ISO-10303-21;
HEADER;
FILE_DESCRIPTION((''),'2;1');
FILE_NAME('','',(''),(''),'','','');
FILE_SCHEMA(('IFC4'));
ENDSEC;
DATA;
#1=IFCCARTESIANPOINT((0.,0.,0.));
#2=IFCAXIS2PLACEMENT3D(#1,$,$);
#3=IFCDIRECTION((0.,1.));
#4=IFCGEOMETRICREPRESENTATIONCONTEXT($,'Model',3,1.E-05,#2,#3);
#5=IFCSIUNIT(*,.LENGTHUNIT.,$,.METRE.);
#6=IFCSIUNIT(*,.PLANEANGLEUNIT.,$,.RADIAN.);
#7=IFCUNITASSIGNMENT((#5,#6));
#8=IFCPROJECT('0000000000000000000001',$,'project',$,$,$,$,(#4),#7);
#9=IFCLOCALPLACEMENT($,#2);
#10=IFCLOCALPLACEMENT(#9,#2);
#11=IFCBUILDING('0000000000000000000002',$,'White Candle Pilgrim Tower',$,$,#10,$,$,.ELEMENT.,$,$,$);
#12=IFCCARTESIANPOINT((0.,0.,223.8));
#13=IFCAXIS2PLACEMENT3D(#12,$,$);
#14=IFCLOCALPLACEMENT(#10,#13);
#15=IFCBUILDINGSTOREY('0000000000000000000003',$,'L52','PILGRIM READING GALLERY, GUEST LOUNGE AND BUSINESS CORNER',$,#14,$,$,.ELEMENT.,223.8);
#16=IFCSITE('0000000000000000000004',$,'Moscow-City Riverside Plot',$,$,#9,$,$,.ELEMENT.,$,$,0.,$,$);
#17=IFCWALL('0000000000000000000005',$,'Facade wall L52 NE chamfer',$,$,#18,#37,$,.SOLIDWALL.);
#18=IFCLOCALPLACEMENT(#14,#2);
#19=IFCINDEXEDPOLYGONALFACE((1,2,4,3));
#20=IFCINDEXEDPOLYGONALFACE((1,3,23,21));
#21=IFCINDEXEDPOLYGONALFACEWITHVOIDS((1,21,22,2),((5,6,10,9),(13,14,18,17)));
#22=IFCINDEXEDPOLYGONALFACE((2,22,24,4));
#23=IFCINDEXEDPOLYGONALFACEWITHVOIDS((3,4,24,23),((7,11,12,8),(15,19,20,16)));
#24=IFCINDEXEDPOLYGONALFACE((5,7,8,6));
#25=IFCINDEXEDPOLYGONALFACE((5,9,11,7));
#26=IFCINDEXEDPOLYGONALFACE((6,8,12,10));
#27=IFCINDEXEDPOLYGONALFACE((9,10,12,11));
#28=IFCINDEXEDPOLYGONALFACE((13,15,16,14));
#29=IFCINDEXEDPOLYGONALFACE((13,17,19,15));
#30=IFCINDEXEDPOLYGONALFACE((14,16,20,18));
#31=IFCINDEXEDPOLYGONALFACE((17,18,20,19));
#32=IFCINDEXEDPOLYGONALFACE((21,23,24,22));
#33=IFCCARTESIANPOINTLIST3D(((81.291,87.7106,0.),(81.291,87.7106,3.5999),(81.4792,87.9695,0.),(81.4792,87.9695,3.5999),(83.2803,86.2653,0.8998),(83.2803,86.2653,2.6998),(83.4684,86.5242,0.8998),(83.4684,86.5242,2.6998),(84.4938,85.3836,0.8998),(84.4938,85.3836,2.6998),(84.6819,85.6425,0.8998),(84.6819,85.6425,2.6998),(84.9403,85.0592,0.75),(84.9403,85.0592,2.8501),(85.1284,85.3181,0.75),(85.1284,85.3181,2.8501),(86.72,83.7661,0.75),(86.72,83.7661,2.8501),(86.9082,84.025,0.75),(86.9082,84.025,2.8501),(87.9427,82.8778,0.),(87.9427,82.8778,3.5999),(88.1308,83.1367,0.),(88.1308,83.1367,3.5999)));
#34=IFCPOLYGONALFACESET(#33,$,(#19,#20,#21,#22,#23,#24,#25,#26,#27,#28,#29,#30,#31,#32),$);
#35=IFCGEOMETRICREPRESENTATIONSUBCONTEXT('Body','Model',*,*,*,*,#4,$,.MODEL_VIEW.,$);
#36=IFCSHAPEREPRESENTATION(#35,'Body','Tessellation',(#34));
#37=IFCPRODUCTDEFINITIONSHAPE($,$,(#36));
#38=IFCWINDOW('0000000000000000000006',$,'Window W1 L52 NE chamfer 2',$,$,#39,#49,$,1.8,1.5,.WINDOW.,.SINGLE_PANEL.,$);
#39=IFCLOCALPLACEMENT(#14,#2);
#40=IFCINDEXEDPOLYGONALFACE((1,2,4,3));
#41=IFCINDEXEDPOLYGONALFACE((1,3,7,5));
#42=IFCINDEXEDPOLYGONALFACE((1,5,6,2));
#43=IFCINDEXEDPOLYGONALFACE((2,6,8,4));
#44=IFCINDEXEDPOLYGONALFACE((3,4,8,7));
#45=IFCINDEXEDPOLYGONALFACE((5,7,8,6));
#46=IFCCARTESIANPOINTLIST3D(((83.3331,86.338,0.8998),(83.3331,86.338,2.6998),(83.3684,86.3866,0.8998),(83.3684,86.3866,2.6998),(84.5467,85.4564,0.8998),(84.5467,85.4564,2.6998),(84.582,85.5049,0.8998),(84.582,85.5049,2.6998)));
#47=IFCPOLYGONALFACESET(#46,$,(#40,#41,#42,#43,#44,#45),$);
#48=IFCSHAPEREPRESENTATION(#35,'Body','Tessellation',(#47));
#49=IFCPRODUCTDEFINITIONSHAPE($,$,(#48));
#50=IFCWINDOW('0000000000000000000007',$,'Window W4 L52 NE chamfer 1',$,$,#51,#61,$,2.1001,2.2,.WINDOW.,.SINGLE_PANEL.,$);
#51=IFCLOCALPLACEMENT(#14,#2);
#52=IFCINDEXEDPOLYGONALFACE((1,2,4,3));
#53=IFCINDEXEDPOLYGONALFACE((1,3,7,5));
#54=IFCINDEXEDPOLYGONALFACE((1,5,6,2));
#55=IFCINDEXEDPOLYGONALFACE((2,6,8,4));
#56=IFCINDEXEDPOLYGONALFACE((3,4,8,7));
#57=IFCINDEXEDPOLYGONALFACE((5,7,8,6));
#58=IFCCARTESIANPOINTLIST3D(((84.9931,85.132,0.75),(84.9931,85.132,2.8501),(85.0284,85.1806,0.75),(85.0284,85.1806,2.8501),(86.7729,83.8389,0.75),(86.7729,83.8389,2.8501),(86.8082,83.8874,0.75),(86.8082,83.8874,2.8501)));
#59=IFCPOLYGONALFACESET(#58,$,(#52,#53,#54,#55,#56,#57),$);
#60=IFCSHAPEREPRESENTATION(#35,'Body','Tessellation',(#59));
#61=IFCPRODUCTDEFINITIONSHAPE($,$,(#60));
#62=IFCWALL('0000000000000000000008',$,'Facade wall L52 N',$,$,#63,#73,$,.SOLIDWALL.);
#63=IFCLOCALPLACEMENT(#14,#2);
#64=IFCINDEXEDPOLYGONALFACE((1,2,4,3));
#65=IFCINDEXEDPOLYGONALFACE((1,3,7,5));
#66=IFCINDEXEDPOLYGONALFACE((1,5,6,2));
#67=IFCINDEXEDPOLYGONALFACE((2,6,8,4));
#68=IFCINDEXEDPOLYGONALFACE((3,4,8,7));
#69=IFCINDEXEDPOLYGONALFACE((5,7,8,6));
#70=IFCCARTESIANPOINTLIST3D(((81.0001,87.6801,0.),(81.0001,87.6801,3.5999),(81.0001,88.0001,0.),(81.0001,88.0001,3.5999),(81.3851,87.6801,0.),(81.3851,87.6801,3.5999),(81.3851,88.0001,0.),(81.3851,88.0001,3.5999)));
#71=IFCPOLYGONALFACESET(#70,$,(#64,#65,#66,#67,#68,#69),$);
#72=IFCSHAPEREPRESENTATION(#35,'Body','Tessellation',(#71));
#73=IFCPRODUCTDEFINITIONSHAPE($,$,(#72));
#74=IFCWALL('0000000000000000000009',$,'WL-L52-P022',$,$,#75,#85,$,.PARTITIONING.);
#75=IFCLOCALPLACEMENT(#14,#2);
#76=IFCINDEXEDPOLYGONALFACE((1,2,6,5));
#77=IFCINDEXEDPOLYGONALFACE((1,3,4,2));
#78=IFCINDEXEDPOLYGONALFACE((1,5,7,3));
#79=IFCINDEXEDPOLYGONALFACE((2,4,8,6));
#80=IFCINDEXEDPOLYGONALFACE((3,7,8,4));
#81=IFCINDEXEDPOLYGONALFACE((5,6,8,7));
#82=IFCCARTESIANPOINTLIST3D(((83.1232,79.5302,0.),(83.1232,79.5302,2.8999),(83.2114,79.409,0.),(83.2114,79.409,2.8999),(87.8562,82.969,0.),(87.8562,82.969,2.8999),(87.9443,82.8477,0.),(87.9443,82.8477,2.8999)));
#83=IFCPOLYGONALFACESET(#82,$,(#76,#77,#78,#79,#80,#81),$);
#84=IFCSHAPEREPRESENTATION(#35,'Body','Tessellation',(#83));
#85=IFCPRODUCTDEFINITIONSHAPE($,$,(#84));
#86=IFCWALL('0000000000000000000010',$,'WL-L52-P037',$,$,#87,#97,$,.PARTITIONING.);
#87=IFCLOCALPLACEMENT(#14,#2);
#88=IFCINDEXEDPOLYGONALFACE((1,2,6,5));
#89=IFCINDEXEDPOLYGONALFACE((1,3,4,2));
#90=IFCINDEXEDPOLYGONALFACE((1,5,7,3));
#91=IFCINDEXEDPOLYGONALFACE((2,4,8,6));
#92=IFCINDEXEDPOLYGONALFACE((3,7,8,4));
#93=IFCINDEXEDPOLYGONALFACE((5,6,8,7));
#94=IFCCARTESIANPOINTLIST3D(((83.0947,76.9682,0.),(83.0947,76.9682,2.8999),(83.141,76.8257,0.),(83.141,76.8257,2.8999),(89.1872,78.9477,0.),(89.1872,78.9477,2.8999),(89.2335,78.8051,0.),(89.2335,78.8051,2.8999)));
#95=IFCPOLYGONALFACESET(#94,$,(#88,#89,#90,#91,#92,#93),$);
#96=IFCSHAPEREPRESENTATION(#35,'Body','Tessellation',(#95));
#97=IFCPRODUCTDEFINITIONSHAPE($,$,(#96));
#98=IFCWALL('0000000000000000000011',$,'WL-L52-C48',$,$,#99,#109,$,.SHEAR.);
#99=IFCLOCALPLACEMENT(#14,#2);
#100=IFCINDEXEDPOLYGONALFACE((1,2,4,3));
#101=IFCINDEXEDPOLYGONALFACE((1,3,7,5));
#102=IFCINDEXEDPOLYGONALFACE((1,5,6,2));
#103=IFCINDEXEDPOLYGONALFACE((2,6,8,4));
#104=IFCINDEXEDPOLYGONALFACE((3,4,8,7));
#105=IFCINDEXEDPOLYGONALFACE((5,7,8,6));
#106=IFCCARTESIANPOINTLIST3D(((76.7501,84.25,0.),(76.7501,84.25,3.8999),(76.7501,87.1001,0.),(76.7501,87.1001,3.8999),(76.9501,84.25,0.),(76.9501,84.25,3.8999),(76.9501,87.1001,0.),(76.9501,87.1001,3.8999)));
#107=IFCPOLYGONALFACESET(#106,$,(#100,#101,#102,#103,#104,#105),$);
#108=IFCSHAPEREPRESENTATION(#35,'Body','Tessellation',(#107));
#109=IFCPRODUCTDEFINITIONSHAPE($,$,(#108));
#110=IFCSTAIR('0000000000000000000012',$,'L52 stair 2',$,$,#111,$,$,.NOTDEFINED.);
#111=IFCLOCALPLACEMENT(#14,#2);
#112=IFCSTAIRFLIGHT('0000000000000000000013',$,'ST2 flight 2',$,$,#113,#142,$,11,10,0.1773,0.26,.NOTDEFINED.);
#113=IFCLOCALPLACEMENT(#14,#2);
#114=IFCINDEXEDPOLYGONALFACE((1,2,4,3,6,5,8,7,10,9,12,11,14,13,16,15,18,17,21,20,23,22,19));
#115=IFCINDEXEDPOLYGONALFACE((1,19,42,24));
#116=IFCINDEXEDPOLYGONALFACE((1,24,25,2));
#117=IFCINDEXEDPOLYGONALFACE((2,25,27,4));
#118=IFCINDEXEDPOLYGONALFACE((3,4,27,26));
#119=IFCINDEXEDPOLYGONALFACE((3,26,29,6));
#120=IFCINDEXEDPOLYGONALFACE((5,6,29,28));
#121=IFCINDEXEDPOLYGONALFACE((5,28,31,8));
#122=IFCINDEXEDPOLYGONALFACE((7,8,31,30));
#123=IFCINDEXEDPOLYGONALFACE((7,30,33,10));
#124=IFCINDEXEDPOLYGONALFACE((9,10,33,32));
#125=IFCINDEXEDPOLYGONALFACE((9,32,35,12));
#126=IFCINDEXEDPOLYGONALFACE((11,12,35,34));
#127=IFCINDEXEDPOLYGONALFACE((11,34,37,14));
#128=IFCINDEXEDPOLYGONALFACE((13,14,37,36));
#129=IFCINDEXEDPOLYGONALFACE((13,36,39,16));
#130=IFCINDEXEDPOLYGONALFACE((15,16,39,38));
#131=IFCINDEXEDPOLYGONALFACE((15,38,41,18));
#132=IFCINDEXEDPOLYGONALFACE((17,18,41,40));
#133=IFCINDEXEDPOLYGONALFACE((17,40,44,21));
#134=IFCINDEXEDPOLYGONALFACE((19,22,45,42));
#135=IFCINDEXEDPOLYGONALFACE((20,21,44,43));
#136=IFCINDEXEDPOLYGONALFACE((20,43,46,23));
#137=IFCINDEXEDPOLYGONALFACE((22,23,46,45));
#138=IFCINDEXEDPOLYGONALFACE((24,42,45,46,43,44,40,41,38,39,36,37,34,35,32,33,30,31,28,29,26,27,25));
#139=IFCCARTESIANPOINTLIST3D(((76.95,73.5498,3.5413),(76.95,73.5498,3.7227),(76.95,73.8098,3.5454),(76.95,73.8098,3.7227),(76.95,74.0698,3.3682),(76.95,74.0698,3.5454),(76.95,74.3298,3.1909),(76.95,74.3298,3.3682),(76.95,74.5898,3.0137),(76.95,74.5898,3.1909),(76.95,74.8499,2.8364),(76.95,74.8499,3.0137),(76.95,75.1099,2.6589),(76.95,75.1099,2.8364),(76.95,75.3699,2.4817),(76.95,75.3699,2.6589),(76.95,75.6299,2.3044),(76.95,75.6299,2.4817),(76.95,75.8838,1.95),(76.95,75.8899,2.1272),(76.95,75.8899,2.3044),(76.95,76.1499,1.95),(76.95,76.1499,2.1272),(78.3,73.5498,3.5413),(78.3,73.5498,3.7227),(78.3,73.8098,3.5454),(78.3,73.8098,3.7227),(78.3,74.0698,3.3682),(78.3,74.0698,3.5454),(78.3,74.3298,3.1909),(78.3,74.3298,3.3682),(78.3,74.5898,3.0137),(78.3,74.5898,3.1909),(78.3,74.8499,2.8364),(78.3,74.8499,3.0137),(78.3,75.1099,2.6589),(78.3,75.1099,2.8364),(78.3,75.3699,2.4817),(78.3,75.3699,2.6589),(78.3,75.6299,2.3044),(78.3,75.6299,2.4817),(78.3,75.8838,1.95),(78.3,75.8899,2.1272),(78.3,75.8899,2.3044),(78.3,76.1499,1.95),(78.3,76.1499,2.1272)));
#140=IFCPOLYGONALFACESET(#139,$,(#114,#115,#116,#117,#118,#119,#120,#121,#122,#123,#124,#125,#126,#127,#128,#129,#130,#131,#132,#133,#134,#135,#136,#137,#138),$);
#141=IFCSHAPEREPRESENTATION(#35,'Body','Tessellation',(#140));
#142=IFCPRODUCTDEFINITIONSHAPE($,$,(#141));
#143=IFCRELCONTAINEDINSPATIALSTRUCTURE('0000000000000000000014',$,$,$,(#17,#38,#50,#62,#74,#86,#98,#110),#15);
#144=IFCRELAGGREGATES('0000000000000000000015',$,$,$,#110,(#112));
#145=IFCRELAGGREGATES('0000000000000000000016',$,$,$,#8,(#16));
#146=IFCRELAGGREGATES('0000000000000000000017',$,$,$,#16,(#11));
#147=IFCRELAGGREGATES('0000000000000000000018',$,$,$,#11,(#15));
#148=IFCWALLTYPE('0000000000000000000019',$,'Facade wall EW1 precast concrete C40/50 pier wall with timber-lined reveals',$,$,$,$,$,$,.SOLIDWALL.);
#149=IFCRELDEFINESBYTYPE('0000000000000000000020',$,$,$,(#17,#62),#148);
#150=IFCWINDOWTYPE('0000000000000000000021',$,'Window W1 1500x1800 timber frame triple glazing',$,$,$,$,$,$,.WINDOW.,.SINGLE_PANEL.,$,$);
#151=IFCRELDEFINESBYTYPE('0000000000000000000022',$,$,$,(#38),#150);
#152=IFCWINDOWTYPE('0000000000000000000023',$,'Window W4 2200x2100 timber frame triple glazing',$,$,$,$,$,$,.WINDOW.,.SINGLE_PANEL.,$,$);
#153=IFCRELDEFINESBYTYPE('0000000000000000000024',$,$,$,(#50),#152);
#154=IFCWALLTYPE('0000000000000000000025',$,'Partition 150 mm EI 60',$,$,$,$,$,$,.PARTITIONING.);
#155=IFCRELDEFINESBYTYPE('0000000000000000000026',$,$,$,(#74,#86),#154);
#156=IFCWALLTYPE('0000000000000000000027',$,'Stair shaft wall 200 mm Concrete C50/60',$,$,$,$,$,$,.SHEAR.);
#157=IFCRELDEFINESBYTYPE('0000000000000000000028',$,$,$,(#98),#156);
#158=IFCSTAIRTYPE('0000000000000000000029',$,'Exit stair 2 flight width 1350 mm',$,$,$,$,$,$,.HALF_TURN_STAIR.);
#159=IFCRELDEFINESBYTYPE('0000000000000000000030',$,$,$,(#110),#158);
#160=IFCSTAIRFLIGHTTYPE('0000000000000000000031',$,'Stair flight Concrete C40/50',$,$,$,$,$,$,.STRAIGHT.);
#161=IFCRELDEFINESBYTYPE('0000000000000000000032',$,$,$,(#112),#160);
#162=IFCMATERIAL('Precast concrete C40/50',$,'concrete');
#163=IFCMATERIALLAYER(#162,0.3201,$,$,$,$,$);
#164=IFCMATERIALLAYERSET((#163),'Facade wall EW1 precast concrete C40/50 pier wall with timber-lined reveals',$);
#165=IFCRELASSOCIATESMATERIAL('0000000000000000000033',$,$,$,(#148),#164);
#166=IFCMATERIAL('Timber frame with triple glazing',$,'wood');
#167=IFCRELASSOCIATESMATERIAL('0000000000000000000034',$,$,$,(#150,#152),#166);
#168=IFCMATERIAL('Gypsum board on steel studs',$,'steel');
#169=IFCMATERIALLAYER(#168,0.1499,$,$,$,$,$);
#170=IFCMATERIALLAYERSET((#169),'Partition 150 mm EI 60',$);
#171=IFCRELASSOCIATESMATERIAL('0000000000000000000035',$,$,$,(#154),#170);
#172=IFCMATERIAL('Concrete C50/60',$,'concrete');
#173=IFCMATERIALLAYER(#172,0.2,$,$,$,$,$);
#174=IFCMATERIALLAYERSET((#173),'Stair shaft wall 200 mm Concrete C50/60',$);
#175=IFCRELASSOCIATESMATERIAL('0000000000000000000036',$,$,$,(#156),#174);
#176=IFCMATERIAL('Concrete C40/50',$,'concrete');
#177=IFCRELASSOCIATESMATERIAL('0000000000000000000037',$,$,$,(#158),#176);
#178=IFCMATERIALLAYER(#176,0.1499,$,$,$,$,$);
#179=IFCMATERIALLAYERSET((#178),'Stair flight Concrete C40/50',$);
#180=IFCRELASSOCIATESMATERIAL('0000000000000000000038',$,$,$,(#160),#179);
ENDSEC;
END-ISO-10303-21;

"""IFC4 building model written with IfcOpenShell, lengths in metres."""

from ifc_helpers import new_model, si_unit, direction, frame, frame_2d, origin, place, context, subcontext, project, spatial, polyline, rectangle, outline, extrude, material, layer, layer_set, type_object, element, fill, aggregate, save


model = new_model("IFC4")

# Units and contexts
model_context = context("Model", 3, precision=1e-05, world=origin(), true_north=direction((0.0, 1.0)))
body_context = subcontext(model_context, "Body", "Model", "MODEL_VIEW")
ifc_project = project(units=[si_unit("LENGTHUNIT", "METRE"), si_unit("PLANEANGLEUNIT", "RADIAN")], contexts=[model_context])

# Site, building, storey
site_placement = place(None, origin())
site = spatial("IfcSite", under=ifc_project, at=site_placement, Name="Moscow-City Riverside Plot", CompositionType="ELEMENT", RefElevation=0.0)
building_placement = place(site_placement, origin())
building = spatial("IfcBuilding", under=site, at=building_placement, Name="White Candle Pilgrim Tower", CompositionType="ELEMENT")
storey_placement = place(building_placement, frame((0.0, 0.0, 223.8)))
storey = spatial("IfcBuildingStorey", under=building, at=storey_placement, Name="L52", Description="PILGRIM READING GALLERY, GUEST LOUNGE AND BUSINESS CORNER", CompositionType="ELEMENT", Elevation=223.8)

# Shared definitions
ifc_material_1 = material(Name="Concrete C50/60", Category="concrete")

# Shared definitions
ifc_material_2 = material(Name="Gypsum board on steel studs", Category="steel")

# Wall, openings, windows
ifc_material_3 = material(Name="Precast concrete C40/50", Category="concrete")
ifc_layer_1 = layer(ifc_material_3, 0.3201)
ifc_layer_set_1 = layer_set([ifc_layer_1], Name="Facade wall EW1 precast concrete C40/50 pier wall with timber-lined reveals")
wall_type_1 = type_object("IfcWallType", Name="Facade wall EW1 precast concrete C40/50 pier wall with timber-lined reveals", PredefinedType="SOLIDWALL", material=ifc_layer_set_1)
wall_1_placement = place(storey_placement, frame((88.0366, 83.0073, 0.0), z_axis=(0.0, 0.0, 1.0), x_axis=(-0.809012, 0.587792, 0.0)))
wall_1 = element("IfcWall", 1, at=wall_1_placement, inside=storey, type_object=wall_type_1, Name="Facade wall L52 NE chamfer", PredefinedType="SOLIDWALL", context=body_context, shape_type="SweptSolid", body=[
    extrude(rectangle(XDim=8.2219, YDim=0.3201, at=frame_2d((4.1108, 0.0))), origin(), (0.0, 0.0, 1.0), 3.5999),
])
opening_1_placement = place(wall_1_placement, frame((1.511, 0.0, 0.75)))
opening_1 = element("IfcOpeningElement", 2, at=opening_1_placement, cuts=wall_1, PredefinedType="OPENING", context=body_context, shape_type="SweptSolid", body=[
    extrude(rectangle(XDim=2.2, YDim=2.1001, at=frame_2d((1.1001, 1.05))), frame((0.0, 0.1699, 0.0), z_axis=(0.0, -1.0, 0.0), x_axis=(1.0, 0.0, 0.0)), (0.0, 0.0, 1.0), 0.3401),
])
opening_2_placement = place(wall_1_placement, frame((4.2629, 0.0, 0.8999)))
opening_2 = element("IfcOpeningElement", 3, at=opening_2_placement, cuts=wall_1, PredefinedType="OPENING", context=body_context, shape_type="SweptSolid", body=[
    extrude(rectangle(XDim=1.5, YDim=1.8, at=frame_2d((0.75, 0.8999))), frame((0.0, 0.1699, 0.0), z_axis=(0.0, -1.0, 0.0), x_axis=(1.0, 0.0, 0.0)), (0.0, 0.0, 1.0), 0.3401),
])
ifc_material_4 = material(Name="Timber frame with triple glazing", Category="wood")
window_type_1 = type_object("IfcWindowType", Name="Window W1 1500x1800 timber frame triple glazing", PartitioningType="SINGLE_PANEL", PredefinedType="WINDOW", material=ifc_material_4)
window_1_placement = place(opening_2_placement, origin())
window_1 = element("IfcWindow", 4, at=window_1_placement, inside=storey, type_object=window_type_1, Name="Window W1 L52 NE chamfer 2", OverallHeight=1.8, OverallWidth=1.5, PartitioningType="SINGLE_PANEL", PredefinedType="WINDOW", context=body_context, shape_type="SweptSolid", body=[
    extrude(rectangle(XDim=1.5, YDim=1.8, at=frame_2d((0.75, 0.8999))), frame((0.0, 0.0701, 0.0), z_axis=(0.0, -1.0, 0.0), x_axis=(1.0, 0.0, 0.0)), (0.0, 0.0, 1.0), 0.0601),
])
fill(opening_2, window_1)
window_type_2 = type_object("IfcWindowType", Name="Window W4 2200x2100 timber frame triple glazing", PartitioningType="SINGLE_PANEL", PredefinedType="WINDOW", material=ifc_material_4)
window_2_placement = place(opening_1_placement, origin())
window_2 = element("IfcWindow", 5, at=window_2_placement, inside=storey, type_object=window_type_2, Name="Window W4 L52 NE chamfer 1", OverallHeight=2.1001, OverallWidth=2.2, PartitioningType="SINGLE_PANEL", PredefinedType="WINDOW", context=body_context, shape_type="SweptSolid", body=[
    extrude(rectangle(XDim=2.2, YDim=2.1001, at=frame_2d((1.1001, 1.05))), frame((0.0, 0.0701, 0.0), z_axis=(0.0, -1.0, 0.0), x_axis=(1.0, 0.0, 0.0)), (0.0, 0.0, 1.0), 0.0601),
])
fill(opening_1, window_2)

# Walls
wall_2_placement = place(storey_placement, frame((81.385, 87.8401, 0.0), z_axis=(0.0, 0.0, 1.0), x_axis=(-1.0, 0.0, 0.0)))
element("IfcWall", 6, at=wall_2_placement, inside=storey, type_object=wall_type_1, Name="Facade wall L52 N", PredefinedType="SOLIDWALL", context=body_context, shape_type="SweptSolid", body=[
    extrude(rectangle(XDim=0.385, YDim=0.3201, at=frame_2d((0.1924, 0.0))), origin(), (0.0, 0.0, 1.0), 3.5999),
])
ifc_layer_2 = layer(ifc_material_2, 0.1499)
ifc_layer_set_2 = layer_set([ifc_layer_2], Name="Partition 150 mm EI 60")
wall_type_2 = type_object("IfcWallType", Name="Partition 150 mm EI 60", PredefinedType="PARTITIONING", material=ifc_layer_set_2)
wall_3_placement = place(storey_placement, frame((87.9004, 82.9084, 0.0), z_axis=(0.0, 0.0, 1.0), x_axis=(-0.809012, -0.587792, 0.0)))
element("IfcWall", 7, at=wall_3_placement, inside=storey, type_object=wall_type_2, Name="WL-L52-P022", PredefinedType="PARTITIONING", context=body_context, shape_type="SweptSolid", body=[
    extrude(rectangle(XDim=5.8503, YDim=0.1499, at=frame_2d((2.9253, 0.0))), origin(), (0.0, 0.0, 1.0), 2.8999),
])
wall_4_placement = place(storey_placement, frame((89.2104, 78.8765, 0.0), z_axis=(0.0, 0.0, 1.0), x_axis=(-0.951061, -0.309004, 0.0)))
element("IfcWall", 8, at=wall_4_placement, inside=storey, type_object=wall_type_2, Name="WL-L52-P037", PredefinedType="PARTITIONING", context=body_context, shape_type="SweptSolid", body=[
    extrude(rectangle(XDim=6.406, YDim=0.1499, at=frame_2d((3.2031, 0.0))), origin(), (0.0, 0.0, 1.0), 2.8999),
])
ifc_layer_3 = layer(ifc_material_1, 0.2)
ifc_layer_set_3 = layer_set([ifc_layer_3], Name="Stair shaft wall 200 mm Concrete C50/60")
wall_type_3 = type_object("IfcWallType", Name="Stair shaft wall 200 mm Concrete C50/60", PredefinedType="SHEAR", material=ifc_layer_set_3)
wall_5_placement = place(storey_placement, frame((76.8501, 84.25, 0.0), z_axis=(0.0, 0.0, 1.0), x_axis=(0.0, 1.0, 0.0)))
element("IfcWall", 9, at=wall_5_placement, inside=storey, type_object=wall_type_3, Name="WL-L52-C48", PredefinedType="SHEAR", context=body_context, shape_type="SweptSolid", body=[
    extrude(rectangle(XDim=2.8501, YDim=0.2, at=frame_2d((1.425, 0.0))), origin(), (0.0, 0.0, 1.0), 3.8999),
])

# Stair, stair flight
ifc_material_5 = material(Name="Concrete C40/50", Category="concrete")
stair_type = type_object("IfcStairType", Name="Exit stair 2 flight width 1350 mm", PredefinedType="HALF_TURN_STAIR", material=ifc_material_5)
stair_placement = place(storey_placement, origin())
stair = element("IfcStair", 10, at=stair_placement, inside=storey, type_object=stair_type, Name="L52 stair 2", PredefinedType="NOTDEFINED")
ifc_layer_4 = layer(ifc_material_5, 0.1499)
ifc_layer_set_4 = layer_set([ifc_layer_4], Name="Stair flight Concrete C40/50")
stair_flight_type = type_object("IfcStairFlightType", Name="Stair flight Concrete C40/50", PredefinedType="STRAIGHT", material=ifc_layer_set_4)
stair_flight_placement = place(storey_placement, frame((77.625, 76.1499, 1.95), z_axis=(0.0, 0.0, 1.0), x_axis=(0.0, -1.0, 0.0)))
stair_flight = element("IfcStairFlight", 11, at=stair_flight_placement, type_object=stair_flight_type, Name="ST2 flight 2", NumberOfRisers=11, NumberOfTreads=10, PredefinedType="NOTDEFINED", RiserHeight=0.1773, TreadLength=0.26, context=body_context, shape_type="SweptSolid", body=[
    extrude(outline(polyline([(0.0, 0.0), (0.0, 0.1772), (0.26, 0.1772), (0.26, 0.3545), (0.52, 0.3545), (0.52, 0.5317), (0.78, 0.5317), (0.78, 0.709), (1.04, 0.709), (1.04, 0.8865), (1.3, 0.8865), (1.3, 1.0637), (1.5601, 1.0637), (1.5601, 1.241), (1.8201, 1.241), (1.8201, 1.4182), (2.0801, 1.4182), (2.0801, 1.5955), (2.3401, 1.5955), (2.3401, 1.7727), (2.6001, 1.7727), (2.6001, 1.95), (2.6001, 1.5913), (0.2661, 0.0), (0.0, 0.0)])), frame((0.0, 0.675, 0.0), z_axis=(0.0, -1.0, 0.0), x_axis=(1.0, 0.0, 0.0)), (0.0, 0.0, 1.0), 1.3501),
])
aggregate(stair, [stair_flight])

save(model, "model.ifc")
